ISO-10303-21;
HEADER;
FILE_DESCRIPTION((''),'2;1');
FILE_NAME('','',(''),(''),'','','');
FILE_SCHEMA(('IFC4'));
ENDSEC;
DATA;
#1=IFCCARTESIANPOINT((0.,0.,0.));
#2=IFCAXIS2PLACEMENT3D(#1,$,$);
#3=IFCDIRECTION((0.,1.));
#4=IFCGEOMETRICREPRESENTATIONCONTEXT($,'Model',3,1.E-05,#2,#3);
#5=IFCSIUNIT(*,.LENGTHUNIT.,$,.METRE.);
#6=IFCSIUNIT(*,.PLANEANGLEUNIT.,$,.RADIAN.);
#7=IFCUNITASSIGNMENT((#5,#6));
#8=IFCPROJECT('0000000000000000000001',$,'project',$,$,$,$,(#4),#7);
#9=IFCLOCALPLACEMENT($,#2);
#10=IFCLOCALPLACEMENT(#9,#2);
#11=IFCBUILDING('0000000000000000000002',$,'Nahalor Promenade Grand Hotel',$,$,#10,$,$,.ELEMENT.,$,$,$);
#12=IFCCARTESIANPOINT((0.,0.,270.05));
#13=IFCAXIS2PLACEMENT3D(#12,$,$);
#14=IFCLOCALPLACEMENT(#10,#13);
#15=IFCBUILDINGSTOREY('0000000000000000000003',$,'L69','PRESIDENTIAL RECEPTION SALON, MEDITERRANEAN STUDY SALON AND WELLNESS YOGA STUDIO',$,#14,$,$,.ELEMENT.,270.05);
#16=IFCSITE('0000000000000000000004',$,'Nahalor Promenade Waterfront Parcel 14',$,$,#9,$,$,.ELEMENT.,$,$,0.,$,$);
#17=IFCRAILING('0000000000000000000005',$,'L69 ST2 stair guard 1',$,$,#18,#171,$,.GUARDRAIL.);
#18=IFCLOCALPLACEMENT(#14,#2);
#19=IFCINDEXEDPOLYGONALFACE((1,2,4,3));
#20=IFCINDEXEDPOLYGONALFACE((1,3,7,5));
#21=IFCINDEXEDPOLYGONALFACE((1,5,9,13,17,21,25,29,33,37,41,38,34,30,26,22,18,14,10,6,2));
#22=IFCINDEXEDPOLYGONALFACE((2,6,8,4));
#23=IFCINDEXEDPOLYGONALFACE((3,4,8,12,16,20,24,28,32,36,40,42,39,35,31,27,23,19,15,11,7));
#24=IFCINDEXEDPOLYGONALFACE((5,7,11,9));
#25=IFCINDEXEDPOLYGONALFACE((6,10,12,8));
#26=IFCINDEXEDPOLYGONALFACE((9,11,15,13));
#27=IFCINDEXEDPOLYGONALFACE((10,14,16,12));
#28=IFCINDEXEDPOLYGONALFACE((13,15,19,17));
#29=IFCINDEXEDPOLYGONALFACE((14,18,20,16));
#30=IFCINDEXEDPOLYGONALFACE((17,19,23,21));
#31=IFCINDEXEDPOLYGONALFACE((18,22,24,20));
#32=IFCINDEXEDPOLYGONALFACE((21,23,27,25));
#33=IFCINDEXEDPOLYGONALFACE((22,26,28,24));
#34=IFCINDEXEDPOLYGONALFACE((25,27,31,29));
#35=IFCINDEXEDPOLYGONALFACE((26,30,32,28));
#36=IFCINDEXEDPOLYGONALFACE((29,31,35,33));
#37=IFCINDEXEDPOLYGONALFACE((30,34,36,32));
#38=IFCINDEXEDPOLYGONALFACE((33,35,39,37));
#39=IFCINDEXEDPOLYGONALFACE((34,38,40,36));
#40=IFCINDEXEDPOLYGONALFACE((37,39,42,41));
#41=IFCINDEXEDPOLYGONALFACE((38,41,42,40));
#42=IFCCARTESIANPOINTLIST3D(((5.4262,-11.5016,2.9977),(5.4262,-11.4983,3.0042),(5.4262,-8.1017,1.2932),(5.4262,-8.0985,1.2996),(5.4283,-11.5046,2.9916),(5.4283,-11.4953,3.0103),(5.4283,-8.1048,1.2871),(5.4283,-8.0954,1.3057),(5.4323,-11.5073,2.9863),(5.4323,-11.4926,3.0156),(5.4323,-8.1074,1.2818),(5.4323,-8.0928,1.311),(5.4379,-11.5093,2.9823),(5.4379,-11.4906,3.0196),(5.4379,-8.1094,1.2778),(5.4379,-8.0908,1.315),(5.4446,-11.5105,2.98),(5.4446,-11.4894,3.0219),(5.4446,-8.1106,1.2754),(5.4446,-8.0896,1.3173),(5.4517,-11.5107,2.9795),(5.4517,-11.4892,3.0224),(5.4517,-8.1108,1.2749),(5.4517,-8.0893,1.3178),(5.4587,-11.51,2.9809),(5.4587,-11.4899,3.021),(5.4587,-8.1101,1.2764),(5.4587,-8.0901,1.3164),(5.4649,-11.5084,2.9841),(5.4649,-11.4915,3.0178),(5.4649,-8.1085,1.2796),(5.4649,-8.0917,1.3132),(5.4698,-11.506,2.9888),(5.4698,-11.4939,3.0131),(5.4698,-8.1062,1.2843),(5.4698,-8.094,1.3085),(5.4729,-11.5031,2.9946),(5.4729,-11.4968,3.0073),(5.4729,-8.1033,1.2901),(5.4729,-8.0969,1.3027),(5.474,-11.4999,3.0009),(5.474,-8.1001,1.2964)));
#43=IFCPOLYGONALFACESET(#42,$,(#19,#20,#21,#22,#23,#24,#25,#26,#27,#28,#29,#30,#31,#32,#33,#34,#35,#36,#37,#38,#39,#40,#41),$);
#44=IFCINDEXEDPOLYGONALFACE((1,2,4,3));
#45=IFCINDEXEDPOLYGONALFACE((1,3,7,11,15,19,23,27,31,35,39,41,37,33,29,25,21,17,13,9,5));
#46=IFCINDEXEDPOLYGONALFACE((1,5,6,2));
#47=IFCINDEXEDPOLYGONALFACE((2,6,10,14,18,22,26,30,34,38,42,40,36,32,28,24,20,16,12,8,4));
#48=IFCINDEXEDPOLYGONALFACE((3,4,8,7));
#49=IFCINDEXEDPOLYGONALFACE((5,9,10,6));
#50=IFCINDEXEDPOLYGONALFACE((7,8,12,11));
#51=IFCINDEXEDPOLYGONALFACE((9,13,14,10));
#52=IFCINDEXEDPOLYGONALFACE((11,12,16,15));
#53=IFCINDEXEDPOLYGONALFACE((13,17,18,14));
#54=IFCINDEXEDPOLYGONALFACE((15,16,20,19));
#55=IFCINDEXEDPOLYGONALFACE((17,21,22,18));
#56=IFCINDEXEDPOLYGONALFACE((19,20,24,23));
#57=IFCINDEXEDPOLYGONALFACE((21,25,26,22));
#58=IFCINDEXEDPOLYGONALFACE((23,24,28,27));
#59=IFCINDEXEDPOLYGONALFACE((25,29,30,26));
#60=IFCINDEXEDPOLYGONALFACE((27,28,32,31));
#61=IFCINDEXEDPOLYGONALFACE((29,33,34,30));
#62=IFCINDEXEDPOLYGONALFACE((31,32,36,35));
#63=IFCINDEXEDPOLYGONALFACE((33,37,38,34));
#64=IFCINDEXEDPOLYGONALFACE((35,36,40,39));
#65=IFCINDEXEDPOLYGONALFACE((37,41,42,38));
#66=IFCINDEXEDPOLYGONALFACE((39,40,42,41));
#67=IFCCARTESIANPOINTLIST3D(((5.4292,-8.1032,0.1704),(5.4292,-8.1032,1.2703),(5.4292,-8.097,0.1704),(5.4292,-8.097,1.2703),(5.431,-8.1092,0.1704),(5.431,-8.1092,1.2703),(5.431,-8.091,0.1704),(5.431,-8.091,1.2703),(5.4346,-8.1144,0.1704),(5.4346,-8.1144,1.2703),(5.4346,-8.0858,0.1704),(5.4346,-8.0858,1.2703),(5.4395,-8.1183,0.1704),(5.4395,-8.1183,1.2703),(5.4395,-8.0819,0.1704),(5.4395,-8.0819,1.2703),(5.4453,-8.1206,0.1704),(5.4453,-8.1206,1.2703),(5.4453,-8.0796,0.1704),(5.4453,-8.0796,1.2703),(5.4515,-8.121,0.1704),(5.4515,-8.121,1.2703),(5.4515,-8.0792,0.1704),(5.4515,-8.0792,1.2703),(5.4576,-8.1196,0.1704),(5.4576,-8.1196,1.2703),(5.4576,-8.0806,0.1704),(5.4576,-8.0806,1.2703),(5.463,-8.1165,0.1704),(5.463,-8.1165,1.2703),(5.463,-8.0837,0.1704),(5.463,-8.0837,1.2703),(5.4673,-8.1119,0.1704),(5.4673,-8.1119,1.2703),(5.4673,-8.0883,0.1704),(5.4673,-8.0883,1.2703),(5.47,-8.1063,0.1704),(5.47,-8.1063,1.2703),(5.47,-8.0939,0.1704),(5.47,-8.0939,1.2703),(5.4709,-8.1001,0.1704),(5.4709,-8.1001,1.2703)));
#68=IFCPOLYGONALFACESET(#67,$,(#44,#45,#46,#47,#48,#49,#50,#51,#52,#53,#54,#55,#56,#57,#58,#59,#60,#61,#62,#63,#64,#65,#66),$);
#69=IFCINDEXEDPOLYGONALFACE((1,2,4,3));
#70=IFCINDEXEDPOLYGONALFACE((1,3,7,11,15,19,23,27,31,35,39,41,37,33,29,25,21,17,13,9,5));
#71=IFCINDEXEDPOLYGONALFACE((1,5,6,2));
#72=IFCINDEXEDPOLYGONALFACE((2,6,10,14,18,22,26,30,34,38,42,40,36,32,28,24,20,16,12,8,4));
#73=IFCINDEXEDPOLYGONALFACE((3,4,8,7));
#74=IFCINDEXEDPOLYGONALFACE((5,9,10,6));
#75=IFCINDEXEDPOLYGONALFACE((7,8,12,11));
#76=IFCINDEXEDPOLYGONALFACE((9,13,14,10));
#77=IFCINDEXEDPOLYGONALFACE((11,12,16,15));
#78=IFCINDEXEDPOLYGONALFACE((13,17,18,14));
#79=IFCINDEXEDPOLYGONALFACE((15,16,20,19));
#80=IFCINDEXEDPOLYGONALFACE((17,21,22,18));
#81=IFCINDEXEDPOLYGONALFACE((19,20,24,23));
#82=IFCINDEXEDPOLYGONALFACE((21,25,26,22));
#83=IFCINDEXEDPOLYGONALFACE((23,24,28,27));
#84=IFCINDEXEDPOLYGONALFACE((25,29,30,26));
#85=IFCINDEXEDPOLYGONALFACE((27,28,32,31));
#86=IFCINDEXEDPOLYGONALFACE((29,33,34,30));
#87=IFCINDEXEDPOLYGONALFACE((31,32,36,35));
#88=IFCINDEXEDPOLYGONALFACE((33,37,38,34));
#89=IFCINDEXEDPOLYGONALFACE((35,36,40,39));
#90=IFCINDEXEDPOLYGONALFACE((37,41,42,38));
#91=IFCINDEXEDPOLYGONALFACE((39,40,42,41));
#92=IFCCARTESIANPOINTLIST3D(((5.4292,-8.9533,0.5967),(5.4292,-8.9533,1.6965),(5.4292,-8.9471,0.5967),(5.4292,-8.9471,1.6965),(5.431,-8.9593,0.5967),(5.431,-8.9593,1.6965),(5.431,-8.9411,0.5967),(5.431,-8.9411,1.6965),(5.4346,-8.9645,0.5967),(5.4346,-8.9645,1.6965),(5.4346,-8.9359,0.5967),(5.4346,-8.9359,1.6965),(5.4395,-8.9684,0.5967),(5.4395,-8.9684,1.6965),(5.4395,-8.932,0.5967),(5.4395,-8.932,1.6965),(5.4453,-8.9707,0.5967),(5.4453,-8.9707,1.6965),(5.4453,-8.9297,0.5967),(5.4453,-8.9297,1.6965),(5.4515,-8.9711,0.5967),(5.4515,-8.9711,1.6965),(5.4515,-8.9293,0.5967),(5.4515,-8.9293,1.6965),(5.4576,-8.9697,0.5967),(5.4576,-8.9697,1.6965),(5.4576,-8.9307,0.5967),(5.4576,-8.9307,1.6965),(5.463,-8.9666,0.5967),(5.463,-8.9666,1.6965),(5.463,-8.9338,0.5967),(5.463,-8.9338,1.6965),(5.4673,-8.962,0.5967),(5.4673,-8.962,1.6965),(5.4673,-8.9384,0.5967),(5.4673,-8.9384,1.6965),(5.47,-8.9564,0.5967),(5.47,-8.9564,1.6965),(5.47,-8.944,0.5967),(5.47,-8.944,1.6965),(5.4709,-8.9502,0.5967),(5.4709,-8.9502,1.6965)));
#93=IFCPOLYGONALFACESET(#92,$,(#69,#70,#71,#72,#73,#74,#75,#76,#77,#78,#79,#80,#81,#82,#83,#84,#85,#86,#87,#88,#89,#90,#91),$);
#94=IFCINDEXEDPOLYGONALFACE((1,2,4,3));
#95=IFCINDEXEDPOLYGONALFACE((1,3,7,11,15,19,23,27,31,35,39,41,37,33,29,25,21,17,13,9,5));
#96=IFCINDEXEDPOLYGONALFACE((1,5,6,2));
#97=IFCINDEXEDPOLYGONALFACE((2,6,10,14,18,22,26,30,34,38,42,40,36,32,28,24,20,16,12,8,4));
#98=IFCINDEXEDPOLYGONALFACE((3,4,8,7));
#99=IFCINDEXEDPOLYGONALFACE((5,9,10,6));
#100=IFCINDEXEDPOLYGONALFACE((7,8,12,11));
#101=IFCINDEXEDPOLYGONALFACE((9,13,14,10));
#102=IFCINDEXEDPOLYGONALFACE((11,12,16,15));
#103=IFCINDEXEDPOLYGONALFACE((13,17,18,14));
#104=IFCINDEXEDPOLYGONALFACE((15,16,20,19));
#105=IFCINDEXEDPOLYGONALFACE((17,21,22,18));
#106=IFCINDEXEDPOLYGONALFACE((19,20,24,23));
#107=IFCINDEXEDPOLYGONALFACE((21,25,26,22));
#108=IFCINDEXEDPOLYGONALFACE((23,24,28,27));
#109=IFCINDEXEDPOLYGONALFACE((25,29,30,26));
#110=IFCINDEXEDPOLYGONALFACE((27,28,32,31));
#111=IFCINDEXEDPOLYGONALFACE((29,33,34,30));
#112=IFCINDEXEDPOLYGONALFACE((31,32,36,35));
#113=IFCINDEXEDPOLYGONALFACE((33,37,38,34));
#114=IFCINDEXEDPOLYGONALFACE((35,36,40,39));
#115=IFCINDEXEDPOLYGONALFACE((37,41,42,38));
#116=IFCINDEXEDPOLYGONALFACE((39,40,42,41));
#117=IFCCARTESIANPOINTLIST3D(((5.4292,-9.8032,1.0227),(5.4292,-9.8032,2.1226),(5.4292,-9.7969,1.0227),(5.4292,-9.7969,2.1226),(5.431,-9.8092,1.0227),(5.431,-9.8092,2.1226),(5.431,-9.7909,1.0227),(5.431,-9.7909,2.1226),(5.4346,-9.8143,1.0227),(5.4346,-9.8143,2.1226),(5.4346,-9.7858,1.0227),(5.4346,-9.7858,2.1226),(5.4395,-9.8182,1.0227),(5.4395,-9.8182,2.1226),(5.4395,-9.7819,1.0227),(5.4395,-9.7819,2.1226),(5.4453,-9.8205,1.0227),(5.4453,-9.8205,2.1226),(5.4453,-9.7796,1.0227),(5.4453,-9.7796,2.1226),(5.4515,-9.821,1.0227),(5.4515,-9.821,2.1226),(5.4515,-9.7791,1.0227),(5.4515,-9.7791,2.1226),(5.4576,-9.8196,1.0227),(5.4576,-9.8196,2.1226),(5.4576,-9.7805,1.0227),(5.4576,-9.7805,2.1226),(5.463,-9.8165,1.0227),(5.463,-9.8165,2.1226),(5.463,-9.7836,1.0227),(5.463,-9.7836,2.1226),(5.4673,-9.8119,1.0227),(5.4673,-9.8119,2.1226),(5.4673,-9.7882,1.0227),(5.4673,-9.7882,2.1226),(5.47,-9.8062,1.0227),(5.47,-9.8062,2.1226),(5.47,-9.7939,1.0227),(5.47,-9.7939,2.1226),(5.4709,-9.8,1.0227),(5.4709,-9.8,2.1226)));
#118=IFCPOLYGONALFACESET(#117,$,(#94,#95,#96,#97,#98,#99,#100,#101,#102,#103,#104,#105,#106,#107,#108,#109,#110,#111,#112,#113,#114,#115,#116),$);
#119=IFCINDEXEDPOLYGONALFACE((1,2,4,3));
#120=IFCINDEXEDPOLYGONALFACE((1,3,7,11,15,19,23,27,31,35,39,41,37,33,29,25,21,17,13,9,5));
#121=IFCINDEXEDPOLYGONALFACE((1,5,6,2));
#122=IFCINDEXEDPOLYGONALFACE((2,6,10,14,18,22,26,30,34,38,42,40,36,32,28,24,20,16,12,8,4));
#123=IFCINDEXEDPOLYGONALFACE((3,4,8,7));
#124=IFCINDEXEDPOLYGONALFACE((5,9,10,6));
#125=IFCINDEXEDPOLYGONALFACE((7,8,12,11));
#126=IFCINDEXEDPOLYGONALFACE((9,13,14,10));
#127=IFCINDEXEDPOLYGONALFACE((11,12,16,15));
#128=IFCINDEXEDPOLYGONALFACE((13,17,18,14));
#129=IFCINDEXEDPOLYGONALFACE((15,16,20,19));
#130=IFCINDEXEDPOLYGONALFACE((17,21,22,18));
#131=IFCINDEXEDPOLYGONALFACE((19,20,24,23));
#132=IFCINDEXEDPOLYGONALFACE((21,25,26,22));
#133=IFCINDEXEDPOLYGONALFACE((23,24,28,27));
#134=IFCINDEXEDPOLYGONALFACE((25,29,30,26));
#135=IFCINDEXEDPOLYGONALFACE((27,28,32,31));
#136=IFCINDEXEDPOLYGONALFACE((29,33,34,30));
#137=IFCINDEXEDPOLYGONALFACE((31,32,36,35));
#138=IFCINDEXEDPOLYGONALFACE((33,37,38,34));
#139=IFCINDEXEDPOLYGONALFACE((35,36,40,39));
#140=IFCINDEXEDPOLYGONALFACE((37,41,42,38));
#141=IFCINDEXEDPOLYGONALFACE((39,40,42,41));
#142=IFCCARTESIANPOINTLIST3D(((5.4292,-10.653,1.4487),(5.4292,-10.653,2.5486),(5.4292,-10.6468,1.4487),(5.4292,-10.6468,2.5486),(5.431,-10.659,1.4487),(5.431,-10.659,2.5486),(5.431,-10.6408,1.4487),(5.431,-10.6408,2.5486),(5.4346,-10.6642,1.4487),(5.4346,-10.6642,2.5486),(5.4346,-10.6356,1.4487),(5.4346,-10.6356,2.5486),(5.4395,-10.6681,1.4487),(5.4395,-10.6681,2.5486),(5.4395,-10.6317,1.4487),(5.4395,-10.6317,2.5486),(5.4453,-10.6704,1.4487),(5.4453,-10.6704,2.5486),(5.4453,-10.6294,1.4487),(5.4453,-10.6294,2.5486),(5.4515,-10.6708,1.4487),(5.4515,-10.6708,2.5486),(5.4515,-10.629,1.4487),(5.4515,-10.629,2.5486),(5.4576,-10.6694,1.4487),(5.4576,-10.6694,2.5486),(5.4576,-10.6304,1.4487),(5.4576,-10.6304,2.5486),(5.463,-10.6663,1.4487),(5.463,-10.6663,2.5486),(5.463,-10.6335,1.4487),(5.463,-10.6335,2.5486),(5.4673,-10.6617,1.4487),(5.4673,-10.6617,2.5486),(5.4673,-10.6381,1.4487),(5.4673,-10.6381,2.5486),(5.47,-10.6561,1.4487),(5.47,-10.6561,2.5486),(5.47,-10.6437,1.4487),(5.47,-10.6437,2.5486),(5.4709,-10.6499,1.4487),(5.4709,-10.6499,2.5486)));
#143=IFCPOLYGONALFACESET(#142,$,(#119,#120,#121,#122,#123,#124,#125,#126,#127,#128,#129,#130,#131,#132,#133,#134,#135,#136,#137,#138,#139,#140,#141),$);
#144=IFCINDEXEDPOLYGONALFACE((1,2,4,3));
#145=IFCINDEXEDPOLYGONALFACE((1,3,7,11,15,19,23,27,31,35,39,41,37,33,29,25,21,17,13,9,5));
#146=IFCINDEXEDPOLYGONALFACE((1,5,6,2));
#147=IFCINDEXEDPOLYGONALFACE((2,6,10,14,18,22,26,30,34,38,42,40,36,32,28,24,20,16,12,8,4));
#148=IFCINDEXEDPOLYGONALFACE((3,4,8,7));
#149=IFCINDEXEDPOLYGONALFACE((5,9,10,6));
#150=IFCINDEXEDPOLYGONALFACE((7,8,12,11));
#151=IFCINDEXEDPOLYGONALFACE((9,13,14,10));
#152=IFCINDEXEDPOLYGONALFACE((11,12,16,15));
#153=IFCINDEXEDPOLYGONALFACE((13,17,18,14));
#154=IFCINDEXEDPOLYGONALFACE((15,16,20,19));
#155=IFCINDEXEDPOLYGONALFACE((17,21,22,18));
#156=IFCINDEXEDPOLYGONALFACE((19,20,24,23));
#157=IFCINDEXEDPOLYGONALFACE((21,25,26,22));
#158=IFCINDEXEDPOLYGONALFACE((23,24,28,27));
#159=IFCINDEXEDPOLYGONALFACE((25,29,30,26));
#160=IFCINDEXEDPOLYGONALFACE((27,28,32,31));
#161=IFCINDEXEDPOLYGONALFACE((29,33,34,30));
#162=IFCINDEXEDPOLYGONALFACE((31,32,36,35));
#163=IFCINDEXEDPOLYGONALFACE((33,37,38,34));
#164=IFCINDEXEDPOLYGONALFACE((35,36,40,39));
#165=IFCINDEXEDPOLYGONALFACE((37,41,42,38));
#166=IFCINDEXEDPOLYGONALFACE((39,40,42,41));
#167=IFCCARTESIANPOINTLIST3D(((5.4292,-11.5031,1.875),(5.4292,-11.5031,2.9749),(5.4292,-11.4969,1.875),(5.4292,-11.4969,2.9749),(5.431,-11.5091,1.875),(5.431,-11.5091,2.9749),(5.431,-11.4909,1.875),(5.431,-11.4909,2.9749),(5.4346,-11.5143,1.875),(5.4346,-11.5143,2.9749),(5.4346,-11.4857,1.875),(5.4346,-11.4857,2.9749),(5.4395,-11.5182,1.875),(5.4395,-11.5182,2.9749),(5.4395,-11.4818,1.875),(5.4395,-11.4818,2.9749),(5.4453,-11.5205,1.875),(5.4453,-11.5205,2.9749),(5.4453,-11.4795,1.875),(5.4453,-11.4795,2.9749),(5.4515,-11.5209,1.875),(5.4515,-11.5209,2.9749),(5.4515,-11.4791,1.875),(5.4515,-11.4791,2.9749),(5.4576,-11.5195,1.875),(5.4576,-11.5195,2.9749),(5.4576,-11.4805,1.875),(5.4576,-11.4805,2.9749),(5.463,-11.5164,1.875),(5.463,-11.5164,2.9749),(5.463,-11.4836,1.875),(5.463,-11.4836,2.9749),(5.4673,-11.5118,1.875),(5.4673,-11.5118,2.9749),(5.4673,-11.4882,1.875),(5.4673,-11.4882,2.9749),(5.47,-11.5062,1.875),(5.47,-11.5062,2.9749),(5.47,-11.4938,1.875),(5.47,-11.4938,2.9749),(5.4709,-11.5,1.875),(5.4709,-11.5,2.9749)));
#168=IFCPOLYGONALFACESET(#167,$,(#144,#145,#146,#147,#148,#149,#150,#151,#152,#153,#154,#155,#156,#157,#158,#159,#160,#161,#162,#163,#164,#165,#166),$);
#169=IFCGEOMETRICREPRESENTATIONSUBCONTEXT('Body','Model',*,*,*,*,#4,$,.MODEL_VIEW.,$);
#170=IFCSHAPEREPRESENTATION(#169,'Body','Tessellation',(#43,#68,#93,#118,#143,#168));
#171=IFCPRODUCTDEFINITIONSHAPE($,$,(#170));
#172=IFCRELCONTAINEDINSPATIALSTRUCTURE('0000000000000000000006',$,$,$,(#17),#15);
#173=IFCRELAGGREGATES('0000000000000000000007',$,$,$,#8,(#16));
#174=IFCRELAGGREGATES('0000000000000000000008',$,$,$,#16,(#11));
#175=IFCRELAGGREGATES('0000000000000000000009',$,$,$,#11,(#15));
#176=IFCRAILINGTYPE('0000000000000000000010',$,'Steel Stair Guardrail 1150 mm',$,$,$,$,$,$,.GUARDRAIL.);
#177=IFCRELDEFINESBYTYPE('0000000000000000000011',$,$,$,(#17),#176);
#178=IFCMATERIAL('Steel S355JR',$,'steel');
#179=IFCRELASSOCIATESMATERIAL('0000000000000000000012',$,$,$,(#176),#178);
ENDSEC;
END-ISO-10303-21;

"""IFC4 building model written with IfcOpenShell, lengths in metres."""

from ifc_helpers import new_model, si_unit, direction, frame, origin, origin_2d, place, context, subcontext, project, spatial, circle, extrude, material, type_object, element, save


model = new_model("IFC4")

# Units and contexts
model_context = context("Model", 3, precision=1e-05, world=origin(), true_north=direction((0.0, 1.0)))
body_context = subcontext(model_context, "Body", "Model", "MODEL_VIEW")
ifc_project = project(units=[si_unit("LENGTHUNIT", "METRE"), si_unit("PLANEANGLEUNIT", "RADIAN")], contexts=[model_context])

# Site, building, storey
site_placement = place(None, origin())
site = spatial("IfcSite", under=ifc_project, at=site_placement, Name="Nahalor Promenade Waterfront Parcel 14", CompositionType="ELEMENT", RefElevation=0.0)
building_placement = place(site_placement, origin())
building = spatial("IfcBuilding", under=site, at=building_placement, Name="Nahalor Promenade Grand Hotel", CompositionType="ELEMENT")
storey_placement = place(building_placement, frame((0.0, 0.0, 270.05)))
storey = spatial("IfcBuildingStorey", under=building, at=storey_placement, Name="L69", Description="PRESIDENTIAL RECEPTION SALON, MEDITERRANEAN STUDY SALON AND WELLNESS YOGA STUDIO", CompositionType="ELEMENT", Elevation=270.05)

# Shared definitions
ifc_material_1 = material(Name="Steel S355JR", Category="steel")

# Railing
railing_type_1 = type_object("IfcRailingType", Name="Steel Stair Guardrail 1150 mm", PredefinedType="GUARDRAIL", material=ifc_material_1)
railing_1_placement = place(storey_placement, frame((5.45, -8.1001, 0.1704)))
element("IfcRailing", 1, at=railing_1_placement, inside=storey, type_object=railing_type_1, Name="L69 ST2 stair guard 1", PredefinedType="GUARDRAIL", context=body_context, shape_type="SweptSolid", body=[
    extrude(circle(Radius=0.024, at=origin_2d()), frame((0.0, 0.0, 1.126), z_axis=(0.0, -0.893939, 0.448189), x_axis=(1.0, 0.0, 0.0)), (0.0, 0.0, 1.0), 3.8032),
    extrude(circle(Radius=0.021, at=origin_2d()), origin(), (0.0, 0.0, 1.0), 1.0999),
    extrude(circle(Radius=0.021, at=origin_2d()), frame((0.0, -0.8501, 0.4263)), (0.0, 0.0, 1.0), 1.0999),
    extrude(circle(Radius=0.021, at=origin_2d()), frame((0.0, -1.7, 0.8523)), (0.0, 0.0, 1.0), 1.0999),
    extrude(circle(Radius=0.021, at=origin_2d()), frame((0.0, -2.5498, 1.2783)), (0.0, 0.0, 1.0), 1.0999),
    extrude(circle(Radius=0.021, at=origin_2d()), frame((0.0, -3.3999, 1.7046)), (0.0, 0.0, 1.0), 1.0999),
])

save(model, "model.ifc")
